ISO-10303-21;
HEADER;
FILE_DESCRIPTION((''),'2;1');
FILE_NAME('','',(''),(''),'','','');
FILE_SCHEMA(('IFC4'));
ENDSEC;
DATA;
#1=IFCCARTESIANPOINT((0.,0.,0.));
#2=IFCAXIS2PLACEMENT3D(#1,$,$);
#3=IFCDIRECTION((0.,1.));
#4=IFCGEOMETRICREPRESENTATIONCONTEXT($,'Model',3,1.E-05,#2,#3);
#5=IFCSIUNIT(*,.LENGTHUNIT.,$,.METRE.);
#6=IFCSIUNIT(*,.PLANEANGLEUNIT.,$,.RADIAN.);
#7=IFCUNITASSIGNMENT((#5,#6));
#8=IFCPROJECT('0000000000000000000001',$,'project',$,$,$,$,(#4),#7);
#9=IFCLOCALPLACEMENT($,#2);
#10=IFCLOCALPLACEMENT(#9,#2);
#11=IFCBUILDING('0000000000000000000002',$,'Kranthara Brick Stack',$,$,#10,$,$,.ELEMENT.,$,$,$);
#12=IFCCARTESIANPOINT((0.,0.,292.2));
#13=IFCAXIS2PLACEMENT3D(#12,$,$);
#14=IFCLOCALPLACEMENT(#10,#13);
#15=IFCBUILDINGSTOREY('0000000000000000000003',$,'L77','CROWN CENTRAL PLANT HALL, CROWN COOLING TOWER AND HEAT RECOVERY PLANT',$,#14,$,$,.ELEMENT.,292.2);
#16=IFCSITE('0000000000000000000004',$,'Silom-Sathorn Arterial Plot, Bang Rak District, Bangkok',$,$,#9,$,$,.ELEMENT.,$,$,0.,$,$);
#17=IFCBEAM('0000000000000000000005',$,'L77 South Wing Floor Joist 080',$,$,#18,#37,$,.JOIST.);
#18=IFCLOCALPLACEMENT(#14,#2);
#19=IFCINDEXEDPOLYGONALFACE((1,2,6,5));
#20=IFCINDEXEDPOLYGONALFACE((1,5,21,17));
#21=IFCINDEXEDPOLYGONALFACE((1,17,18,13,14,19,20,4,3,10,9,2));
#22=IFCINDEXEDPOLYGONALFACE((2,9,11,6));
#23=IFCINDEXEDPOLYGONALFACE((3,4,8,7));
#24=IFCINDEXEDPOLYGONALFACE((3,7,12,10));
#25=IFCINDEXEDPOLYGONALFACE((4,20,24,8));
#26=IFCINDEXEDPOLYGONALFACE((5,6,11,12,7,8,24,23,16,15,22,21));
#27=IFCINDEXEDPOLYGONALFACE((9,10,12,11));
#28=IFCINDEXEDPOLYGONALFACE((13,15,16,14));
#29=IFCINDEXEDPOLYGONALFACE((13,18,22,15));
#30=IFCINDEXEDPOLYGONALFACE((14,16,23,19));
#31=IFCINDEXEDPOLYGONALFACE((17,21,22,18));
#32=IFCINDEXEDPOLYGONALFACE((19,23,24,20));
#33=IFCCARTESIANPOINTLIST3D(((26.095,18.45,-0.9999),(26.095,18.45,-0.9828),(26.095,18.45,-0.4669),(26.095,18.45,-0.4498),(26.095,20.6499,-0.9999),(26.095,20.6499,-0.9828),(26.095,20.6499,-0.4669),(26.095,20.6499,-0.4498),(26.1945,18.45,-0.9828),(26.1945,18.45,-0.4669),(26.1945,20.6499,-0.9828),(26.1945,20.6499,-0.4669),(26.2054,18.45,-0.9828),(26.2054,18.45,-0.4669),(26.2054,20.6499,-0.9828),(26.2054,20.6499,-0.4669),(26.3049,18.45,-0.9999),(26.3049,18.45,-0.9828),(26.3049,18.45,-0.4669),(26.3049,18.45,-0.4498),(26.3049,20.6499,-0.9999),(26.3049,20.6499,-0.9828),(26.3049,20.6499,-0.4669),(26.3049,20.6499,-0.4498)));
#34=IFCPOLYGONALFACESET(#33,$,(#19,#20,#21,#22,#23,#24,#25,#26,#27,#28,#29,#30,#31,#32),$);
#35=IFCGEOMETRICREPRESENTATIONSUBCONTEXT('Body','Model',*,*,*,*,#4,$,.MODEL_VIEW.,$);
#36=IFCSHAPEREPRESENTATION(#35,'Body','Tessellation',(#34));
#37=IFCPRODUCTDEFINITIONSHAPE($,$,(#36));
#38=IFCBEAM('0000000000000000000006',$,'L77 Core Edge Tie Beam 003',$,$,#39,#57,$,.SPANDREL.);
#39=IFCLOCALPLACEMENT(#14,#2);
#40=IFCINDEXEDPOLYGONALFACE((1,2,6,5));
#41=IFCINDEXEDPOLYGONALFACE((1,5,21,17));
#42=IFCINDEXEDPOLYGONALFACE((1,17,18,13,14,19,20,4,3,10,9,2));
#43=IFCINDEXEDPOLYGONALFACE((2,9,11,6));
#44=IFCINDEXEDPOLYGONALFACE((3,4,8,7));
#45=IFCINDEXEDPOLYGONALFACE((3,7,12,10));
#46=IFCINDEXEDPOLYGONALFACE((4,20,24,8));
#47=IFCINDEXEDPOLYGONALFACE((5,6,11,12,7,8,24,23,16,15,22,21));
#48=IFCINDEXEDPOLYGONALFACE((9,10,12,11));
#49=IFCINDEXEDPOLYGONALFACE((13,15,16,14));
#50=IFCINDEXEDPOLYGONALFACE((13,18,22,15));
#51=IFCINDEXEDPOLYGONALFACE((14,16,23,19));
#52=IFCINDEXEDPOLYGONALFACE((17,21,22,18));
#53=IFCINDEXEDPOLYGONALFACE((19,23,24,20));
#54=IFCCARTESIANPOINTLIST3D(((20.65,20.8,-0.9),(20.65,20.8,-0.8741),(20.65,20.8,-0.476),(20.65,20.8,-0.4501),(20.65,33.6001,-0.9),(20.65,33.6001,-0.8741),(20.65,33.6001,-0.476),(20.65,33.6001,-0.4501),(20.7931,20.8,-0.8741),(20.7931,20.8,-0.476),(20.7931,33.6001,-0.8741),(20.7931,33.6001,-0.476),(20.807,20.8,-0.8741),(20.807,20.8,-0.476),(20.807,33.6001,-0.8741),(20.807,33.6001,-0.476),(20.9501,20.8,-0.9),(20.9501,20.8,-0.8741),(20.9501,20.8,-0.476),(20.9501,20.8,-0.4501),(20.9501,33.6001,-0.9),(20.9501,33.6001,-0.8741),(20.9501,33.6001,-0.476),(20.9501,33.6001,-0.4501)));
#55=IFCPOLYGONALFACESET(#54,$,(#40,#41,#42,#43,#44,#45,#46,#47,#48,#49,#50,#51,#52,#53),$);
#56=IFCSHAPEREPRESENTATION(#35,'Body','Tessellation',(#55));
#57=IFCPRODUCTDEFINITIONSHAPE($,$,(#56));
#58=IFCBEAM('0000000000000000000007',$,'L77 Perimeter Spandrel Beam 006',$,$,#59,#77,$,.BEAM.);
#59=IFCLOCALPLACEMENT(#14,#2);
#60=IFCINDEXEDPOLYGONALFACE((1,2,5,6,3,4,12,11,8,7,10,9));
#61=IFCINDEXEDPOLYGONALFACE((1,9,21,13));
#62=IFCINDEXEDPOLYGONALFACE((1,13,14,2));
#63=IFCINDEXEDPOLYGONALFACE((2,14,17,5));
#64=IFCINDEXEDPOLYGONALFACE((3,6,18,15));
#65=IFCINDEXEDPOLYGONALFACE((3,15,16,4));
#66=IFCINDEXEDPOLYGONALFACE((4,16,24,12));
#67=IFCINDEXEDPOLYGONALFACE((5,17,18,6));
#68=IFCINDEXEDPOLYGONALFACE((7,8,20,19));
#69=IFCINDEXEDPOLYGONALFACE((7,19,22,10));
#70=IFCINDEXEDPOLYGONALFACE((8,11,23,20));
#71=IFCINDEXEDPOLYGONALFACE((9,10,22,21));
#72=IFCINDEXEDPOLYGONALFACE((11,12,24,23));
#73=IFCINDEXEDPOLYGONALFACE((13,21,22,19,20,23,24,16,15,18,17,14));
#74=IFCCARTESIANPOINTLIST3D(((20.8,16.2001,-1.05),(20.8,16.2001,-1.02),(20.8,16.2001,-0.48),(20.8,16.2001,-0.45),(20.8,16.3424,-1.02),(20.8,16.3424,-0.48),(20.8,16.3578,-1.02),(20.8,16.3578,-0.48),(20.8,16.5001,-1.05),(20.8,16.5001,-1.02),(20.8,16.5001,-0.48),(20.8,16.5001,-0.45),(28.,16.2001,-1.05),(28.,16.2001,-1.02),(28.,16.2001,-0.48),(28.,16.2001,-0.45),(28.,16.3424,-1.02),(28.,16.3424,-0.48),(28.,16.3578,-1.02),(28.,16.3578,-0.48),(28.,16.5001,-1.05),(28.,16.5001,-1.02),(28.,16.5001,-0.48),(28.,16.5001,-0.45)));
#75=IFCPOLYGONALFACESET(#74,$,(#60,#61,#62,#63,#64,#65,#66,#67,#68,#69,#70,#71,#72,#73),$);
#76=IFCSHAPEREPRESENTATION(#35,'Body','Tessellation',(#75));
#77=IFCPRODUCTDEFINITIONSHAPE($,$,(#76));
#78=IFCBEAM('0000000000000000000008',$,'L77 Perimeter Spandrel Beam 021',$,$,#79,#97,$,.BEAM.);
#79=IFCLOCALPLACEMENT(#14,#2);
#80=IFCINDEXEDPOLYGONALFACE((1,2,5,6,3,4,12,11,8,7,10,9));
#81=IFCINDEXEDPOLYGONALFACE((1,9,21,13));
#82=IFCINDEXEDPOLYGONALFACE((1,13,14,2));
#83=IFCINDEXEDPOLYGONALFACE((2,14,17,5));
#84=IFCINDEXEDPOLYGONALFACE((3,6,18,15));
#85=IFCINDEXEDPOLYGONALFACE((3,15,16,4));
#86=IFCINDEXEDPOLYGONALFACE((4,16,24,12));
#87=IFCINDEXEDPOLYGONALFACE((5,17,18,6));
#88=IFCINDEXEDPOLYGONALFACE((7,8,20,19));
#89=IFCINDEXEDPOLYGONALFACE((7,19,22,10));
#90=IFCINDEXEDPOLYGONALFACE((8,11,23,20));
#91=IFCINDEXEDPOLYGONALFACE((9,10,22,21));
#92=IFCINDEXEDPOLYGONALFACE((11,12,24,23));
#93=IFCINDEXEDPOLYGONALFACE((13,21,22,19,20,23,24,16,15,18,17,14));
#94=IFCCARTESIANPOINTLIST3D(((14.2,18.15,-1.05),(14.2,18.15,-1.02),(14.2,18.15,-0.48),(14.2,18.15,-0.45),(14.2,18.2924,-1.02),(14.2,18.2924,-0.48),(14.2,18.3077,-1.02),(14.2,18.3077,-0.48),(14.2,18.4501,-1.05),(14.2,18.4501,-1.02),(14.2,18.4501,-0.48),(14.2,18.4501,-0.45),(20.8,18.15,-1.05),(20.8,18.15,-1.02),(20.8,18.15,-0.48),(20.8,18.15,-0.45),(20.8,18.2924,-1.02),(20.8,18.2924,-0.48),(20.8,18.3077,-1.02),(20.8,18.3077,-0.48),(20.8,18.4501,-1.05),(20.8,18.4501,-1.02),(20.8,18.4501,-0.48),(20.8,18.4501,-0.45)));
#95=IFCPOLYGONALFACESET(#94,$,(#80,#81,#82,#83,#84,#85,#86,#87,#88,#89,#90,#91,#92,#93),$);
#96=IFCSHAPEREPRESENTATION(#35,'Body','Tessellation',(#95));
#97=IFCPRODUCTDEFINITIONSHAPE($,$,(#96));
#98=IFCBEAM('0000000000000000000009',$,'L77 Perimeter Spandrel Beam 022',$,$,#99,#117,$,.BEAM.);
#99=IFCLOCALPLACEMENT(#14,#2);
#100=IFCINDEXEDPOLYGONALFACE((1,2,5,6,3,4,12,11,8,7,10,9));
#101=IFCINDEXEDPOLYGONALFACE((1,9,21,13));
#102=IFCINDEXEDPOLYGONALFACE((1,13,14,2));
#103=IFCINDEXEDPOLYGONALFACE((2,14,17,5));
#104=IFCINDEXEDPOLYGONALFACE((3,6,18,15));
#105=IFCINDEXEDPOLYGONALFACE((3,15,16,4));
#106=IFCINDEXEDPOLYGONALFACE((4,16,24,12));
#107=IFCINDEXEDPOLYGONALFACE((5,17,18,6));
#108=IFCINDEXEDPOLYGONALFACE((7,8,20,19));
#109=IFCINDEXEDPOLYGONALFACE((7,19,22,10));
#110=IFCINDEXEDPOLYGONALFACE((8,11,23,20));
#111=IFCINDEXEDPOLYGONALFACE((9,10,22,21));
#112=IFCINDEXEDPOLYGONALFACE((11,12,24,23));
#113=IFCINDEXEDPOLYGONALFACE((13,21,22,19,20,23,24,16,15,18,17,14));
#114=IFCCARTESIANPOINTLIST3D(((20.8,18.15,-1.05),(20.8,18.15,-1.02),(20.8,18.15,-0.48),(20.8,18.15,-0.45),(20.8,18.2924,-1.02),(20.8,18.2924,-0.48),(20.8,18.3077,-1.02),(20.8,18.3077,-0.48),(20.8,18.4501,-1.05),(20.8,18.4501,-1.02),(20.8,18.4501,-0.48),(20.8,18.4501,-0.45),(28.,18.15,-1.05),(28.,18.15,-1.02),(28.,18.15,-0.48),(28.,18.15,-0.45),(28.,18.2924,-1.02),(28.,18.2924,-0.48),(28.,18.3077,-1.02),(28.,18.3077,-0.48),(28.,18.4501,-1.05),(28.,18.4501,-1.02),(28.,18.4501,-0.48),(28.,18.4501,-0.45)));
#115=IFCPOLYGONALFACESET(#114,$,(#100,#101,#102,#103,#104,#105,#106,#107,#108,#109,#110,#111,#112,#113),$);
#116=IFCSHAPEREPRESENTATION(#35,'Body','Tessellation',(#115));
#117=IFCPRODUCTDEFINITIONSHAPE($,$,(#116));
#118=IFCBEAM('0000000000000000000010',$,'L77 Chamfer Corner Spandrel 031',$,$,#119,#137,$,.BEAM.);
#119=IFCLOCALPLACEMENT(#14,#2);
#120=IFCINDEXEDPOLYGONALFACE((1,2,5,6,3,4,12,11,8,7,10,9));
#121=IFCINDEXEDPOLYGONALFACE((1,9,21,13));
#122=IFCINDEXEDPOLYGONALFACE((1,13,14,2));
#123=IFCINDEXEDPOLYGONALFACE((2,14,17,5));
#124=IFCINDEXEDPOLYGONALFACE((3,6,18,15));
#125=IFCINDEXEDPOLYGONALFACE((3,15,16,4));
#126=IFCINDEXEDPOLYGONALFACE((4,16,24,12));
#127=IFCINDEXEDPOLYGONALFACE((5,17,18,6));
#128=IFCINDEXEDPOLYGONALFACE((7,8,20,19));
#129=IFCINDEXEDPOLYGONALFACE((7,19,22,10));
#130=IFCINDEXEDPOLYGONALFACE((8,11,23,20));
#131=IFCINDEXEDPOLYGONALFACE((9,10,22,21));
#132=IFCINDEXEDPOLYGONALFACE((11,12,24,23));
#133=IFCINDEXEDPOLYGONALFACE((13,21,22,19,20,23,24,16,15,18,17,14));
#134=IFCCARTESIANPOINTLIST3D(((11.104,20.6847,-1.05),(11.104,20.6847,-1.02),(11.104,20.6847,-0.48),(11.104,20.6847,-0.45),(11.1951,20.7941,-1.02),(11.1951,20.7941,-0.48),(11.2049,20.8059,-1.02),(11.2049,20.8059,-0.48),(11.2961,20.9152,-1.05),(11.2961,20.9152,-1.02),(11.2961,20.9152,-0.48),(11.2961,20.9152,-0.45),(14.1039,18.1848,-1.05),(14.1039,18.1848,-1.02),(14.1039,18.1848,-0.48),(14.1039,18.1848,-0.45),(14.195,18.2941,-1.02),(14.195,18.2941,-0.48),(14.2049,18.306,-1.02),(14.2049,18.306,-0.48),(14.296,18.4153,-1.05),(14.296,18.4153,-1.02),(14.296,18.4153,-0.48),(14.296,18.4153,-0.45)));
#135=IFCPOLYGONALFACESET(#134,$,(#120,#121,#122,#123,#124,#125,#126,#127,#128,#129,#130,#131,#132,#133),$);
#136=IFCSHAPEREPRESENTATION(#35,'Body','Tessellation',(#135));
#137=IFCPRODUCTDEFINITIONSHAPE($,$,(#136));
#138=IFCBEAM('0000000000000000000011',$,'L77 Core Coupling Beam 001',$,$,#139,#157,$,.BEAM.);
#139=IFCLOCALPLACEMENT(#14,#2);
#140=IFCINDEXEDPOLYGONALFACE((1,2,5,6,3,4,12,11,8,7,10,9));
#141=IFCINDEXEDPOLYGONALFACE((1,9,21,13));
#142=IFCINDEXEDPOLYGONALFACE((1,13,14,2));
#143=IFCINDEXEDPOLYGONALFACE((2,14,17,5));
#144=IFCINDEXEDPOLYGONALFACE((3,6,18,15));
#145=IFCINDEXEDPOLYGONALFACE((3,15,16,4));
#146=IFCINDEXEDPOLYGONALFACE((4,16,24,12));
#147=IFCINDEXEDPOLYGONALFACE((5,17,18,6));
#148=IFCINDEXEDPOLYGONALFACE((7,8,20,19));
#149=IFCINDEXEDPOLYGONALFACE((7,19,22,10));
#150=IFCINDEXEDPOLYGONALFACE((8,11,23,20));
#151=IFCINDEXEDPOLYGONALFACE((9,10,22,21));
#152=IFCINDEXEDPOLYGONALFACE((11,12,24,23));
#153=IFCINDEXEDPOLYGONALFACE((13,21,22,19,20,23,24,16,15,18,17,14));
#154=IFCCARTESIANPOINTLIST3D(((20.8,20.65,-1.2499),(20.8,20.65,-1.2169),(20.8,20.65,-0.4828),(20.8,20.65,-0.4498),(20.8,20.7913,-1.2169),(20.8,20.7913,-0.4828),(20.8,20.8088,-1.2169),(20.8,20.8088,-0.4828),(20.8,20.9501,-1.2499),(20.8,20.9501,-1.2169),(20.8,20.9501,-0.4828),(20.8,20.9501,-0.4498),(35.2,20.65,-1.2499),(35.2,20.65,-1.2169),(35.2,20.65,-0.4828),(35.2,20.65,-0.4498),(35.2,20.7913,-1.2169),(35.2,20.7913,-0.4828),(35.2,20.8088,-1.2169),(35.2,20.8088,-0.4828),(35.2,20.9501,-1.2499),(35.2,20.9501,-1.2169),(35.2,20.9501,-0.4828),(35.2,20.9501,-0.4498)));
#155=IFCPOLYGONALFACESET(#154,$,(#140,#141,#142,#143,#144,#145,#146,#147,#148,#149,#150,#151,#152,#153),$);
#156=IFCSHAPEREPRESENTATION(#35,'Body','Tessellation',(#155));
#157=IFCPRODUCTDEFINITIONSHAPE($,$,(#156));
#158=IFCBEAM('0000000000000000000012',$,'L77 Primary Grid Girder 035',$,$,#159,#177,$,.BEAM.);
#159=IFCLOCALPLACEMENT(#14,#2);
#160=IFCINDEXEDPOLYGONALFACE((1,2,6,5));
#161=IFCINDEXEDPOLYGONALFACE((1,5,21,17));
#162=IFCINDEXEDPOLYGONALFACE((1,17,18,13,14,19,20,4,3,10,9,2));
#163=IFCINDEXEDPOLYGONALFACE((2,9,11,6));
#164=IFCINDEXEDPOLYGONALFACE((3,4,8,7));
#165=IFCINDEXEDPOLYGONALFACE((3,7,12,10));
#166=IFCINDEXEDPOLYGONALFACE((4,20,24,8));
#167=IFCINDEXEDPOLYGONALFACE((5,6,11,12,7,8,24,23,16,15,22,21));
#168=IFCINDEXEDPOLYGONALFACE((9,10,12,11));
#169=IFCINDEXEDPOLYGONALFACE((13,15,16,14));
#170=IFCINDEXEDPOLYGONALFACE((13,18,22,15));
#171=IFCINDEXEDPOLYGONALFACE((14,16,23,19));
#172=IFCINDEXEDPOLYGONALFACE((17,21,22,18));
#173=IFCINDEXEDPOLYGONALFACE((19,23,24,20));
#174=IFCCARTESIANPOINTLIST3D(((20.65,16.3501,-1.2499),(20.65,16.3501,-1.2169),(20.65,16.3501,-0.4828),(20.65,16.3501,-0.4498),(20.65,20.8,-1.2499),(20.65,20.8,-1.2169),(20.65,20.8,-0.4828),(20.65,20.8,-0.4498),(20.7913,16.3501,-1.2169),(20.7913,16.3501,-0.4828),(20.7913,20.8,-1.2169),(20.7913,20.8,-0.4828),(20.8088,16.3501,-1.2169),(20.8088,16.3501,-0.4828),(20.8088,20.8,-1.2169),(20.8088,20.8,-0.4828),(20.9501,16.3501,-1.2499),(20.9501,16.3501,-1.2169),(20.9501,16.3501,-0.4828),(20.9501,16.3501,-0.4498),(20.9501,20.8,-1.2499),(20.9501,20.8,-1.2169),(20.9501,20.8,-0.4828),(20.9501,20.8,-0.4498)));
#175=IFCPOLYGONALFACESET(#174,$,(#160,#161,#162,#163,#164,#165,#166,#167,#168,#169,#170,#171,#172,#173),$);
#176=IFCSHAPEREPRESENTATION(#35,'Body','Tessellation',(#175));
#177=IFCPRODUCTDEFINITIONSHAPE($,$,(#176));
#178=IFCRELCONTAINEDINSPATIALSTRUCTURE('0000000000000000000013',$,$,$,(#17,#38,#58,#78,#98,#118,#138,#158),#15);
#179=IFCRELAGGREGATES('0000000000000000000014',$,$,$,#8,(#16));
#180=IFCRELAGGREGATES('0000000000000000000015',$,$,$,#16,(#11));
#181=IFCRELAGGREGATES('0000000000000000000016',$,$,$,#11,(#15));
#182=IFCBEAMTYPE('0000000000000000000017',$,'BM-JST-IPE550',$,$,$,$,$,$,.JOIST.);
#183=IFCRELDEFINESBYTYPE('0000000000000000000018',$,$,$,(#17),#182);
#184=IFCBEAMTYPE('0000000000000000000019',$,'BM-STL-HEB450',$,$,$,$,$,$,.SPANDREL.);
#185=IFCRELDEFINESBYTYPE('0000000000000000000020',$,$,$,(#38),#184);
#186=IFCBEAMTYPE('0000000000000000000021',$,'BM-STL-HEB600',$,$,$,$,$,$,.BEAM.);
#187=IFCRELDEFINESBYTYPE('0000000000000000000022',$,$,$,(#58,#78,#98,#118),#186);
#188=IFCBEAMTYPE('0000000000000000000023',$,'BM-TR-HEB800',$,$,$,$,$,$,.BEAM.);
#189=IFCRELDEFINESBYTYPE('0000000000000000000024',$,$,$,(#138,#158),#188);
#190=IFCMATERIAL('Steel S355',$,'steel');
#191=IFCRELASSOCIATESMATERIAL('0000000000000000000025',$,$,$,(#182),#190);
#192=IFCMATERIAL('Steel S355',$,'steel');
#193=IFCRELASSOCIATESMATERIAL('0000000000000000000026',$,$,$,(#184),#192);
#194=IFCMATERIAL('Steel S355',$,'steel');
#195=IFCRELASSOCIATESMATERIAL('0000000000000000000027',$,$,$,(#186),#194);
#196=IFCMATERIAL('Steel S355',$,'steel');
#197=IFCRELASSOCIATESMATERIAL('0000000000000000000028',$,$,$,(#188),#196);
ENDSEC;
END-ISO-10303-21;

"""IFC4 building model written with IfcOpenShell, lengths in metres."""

from ifc_helpers import new_model, si_unit, direction, frame, origin, origin_2d, place, context, subcontext, project, spatial, i_section, extrude, material, material_profile, profile_set, type_object, element, save


model = new_model("IFC4")

# Units and contexts
model_context = context("Model", 3, precision=1e-05, world=origin(), true_north=direction((0.0, 1.0)))
body_context = subcontext(model_context, "Body", "Model", "MODEL_VIEW")
ifc_project = project(units=[si_unit("LENGTHUNIT", "METRE"), si_unit("PLANEANGLEUNIT", "RADIAN")], contexts=[model_context])

# Site, building, storey
site_placement = place(None, origin())
site = spatial("IfcSite", under=ifc_project, at=site_placement, Name="Silom-Sathorn Arterial Plot, Bang Rak District, Bangkok", CompositionType="ELEMENT", RefElevation=0.0)
building_placement = place(site_placement, origin())
building = spatial("IfcBuilding", under=site, at=building_placement, Name="Kranthara Brick Stack", CompositionType="ELEMENT")
storey_placement = place(building_placement, frame((0.0, 0.0, 292.2)))
storey = spatial("IfcBuildingStorey", under=building, at=storey_placement, Name="L77", Description="CROWN CENTRAL PLANT HALL, CROWN COOLING TOWER AND HEAT RECOVERY PLANT", CompositionType="ELEMENT", Elevation=292.2)

# Beams
ifc_material_1 = material(Name="Steel S355", Category="steel")
ifc_material_profile_1 = material_profile(ifc_material_1, i_section(OverallWidth=0.21, OverallDepth=0.55, WebThickness=0.011, FlangeThickness=0.0171, at=origin_2d()), Name="IPE 550")
ifc_profile_set_1 = profile_set([ifc_material_profile_1], Name="Steel S355")
beam_type_1 = type_object("IfcBeamType", Name="BM-JST-IPE550", PredefinedType="JOIST", material=ifc_profile_set_1)
for number, where, z_axis, x_axis, name in (
    (1, (26.2, 18.45, -0.7249), (0.0, 1.0, 0.0), (-1.0, 0.0, 0.0), "L77 South Wing Floor Joist 080"),
):
    element("IfcBeam", number, at=place(storey_placement, frame(where, z_axis=z_axis, x_axis=x_axis)), inside=storey, type_object=beam_type_1, Name=name, PredefinedType="JOIST", context=body_context, shape_type="SweptSolid", body=[
        extrude(i_section(OverallWidth=0.21, OverallDepth=0.55, WebThickness=0.011, FlangeThickness=0.0171, at=origin_2d()), origin(), (0.0, 0.0, 1.0), 2.2),
    ])
ifc_material_2 = material(Name="Steel S355", Category="steel")
ifc_material_profile_2 = material_profile(ifc_material_2, i_section(OverallWidth=0.3, OverallDepth=0.45, WebThickness=0.0139, FlangeThickness=0.0259, at=origin_2d()), Name="HEB 450")
ifc_profile_set_2 = profile_set([ifc_material_profile_2], Name="Steel S355")
beam_type_2 = type_object("IfcBeamType", Name="BM-STL-HEB450", PredefinedType="SPANDREL", material=ifc_profile_set_2)
beam_1_placement = place(storey_placement, frame((20.8, 20.8, -0.675), z_axis=(0.0, 1.0, 0.0), x_axis=(-1.0, 0.0, 0.0)))
element("IfcBeam", 2, at=beam_1_placement, inside=storey, type_object=beam_type_2, Name="L77 Core Edge Tie Beam 003", PredefinedType="SPANDREL", context=body_context, shape_type="SweptSolid", body=[
    extrude(i_section(OverallWidth=0.3, OverallDepth=0.45, WebThickness=0.0139, FlangeThickness=0.0259, at=origin_2d()), origin(), (0.0, 0.0, 1.0), 12.8),
])
ifc_material_3 = material(Name="Steel S355", Category="steel")
ifc_material_profile_3 = material_profile(ifc_material_3, i_section(OverallWidth=0.3, OverallDepth=0.6001, WebThickness=0.0154, FlangeThickness=0.03, at=origin_2d()), Name="HEB 600")
ifc_profile_set_3 = profile_set([ifc_material_profile_3], Name="Steel S355")
beam_type_3 = type_object("IfcBeamType", Name="BM-STL-HEB600", PredefinedType="BEAM", material=ifc_profile_set_3)
beam_2_placement = place(storey_placement, frame((20.8, 16.3501, -0.75), z_axis=(1.0, 0.0, 0.0), x_axis=(0.0, 1.0, 0.0)))
element("IfcBeam", 3, at=beam_2_placement, inside=storey, type_object=beam_type_3, Name="L77 Perimeter Spandrel Beam 006", PredefinedType="BEAM", context=body_context, shape_type="SweptSolid", body=[
    extrude(i_section(OverallWidth=0.3, OverallDepth=0.6001, WebThickness=0.0154, FlangeThickness=0.03, at=origin_2d()), origin(), (0.0, 0.0, 1.0), 7.2),
])
beam_3_placement = place(storey_placement, frame((14.2, 18.3, -0.75), z_axis=(1.0, 0.0, 0.0), x_axis=(0.0, 1.0, 0.0)))
element("IfcBeam", 4, at=beam_3_placement, inside=storey, type_object=beam_type_3, Name="L77 Perimeter Spandrel Beam 021", PredefinedType="BEAM", context=body_context, shape_type="SweptSolid", body=[
    extrude(i_section(OverallWidth=0.3, OverallDepth=0.6001, WebThickness=0.0154, FlangeThickness=0.03, at=origin_2d()), origin(), (0.0, 0.0, 1.0), 6.6001),
])
beam_4_placement = place(storey_placement, frame((20.8, 18.3, -0.75), z_axis=(1.0, 0.0, 0.0), x_axis=(0.0, 1.0, 0.0)))
element("IfcBeam", 5, at=beam_4_placement, inside=storey, type_object=beam_type_3, Name="L77 Perimeter Spandrel Beam 022", PredefinedType="BEAM", context=body_context, shape_type="SweptSolid", body=[
    extrude(i_section(OverallWidth=0.3, OverallDepth=0.6001, WebThickness=0.0154, FlangeThickness=0.03, at=origin_2d()), origin(), (0.0, 0.0, 1.0), 7.2),
])
beam_5_placement = place(storey_placement, frame((14.2, 18.3, -0.75), z_axis=(-0.768221, 0.640184, 0.0), x_axis=(-0.640184, -0.768221, 0.0)))
element("IfcBeam", 6, at=beam_5_placement, inside=storey, type_object=beam_type_3, Name="L77 Chamfer Corner Spandrel 031", PredefinedType="BEAM", context=body_context, shape_type="SweptSolid", body=[
    extrude(i_section(OverallWidth=0.3, OverallDepth=0.6001, WebThickness=0.0154, FlangeThickness=0.03, at=origin_2d()), origin(), (0.0, 0.0, 1.0), 3.905),
])
ifc_material_4 = material(Name="Steel S355", Category="steel")
ifc_material_profile_4 = material_profile(ifc_material_4, i_section(OverallWidth=0.3, OverallDepth=0.8, WebThickness=0.0176, FlangeThickness=0.033, at=origin_2d()), Name="HEB 800")
ifc_profile_set_4 = profile_set([ifc_material_profile_4], Name="Steel S355")
beam_type_4 = type_object("IfcBeamType", Name="BM-TR-HEB800", PredefinedType="BEAM", material=ifc_profile_set_4)
beam_6_placement = place(storey_placement, frame((20.8, 20.8, -0.8499), z_axis=(1.0, 0.0, 0.0), x_axis=(0.0, 1.0, 0.0)))
element("IfcBeam", 7, at=beam_6_placement, inside=storey, type_object=beam_type_4, Name="L77 Core Coupling Beam 001", PredefinedType="BEAM", context=body_context, shape_type="SweptSolid", body=[
    extrude(i_section(OverallWidth=0.3, OverallDepth=0.8, WebThickness=0.0176, FlangeThickness=0.033, at=origin_2d()), origin(), (0.0, 0.0, 1.0), 14.3999),
])
beam_7_placement = place(storey_placement, frame((20.8, 16.3501, -0.8499), z_axis=(0.0, 1.0, 0.0), x_axis=(-1.0, 0.0, 0.0)))
element("IfcBeam", 8, at=beam_7_placement, inside=storey, type_object=beam_type_4, Name="L77 Primary Grid Girder 035", PredefinedType="BEAM", context=body_context, shape_type="SweptSolid", body=[
    extrude(i_section(OverallWidth=0.3, OverallDepth=0.8, WebThickness=0.0176, FlangeThickness=0.033, at=origin_2d()), origin(), (0.0, 0.0, 1.0), 4.45),
])

save(model, "model.ifc")
